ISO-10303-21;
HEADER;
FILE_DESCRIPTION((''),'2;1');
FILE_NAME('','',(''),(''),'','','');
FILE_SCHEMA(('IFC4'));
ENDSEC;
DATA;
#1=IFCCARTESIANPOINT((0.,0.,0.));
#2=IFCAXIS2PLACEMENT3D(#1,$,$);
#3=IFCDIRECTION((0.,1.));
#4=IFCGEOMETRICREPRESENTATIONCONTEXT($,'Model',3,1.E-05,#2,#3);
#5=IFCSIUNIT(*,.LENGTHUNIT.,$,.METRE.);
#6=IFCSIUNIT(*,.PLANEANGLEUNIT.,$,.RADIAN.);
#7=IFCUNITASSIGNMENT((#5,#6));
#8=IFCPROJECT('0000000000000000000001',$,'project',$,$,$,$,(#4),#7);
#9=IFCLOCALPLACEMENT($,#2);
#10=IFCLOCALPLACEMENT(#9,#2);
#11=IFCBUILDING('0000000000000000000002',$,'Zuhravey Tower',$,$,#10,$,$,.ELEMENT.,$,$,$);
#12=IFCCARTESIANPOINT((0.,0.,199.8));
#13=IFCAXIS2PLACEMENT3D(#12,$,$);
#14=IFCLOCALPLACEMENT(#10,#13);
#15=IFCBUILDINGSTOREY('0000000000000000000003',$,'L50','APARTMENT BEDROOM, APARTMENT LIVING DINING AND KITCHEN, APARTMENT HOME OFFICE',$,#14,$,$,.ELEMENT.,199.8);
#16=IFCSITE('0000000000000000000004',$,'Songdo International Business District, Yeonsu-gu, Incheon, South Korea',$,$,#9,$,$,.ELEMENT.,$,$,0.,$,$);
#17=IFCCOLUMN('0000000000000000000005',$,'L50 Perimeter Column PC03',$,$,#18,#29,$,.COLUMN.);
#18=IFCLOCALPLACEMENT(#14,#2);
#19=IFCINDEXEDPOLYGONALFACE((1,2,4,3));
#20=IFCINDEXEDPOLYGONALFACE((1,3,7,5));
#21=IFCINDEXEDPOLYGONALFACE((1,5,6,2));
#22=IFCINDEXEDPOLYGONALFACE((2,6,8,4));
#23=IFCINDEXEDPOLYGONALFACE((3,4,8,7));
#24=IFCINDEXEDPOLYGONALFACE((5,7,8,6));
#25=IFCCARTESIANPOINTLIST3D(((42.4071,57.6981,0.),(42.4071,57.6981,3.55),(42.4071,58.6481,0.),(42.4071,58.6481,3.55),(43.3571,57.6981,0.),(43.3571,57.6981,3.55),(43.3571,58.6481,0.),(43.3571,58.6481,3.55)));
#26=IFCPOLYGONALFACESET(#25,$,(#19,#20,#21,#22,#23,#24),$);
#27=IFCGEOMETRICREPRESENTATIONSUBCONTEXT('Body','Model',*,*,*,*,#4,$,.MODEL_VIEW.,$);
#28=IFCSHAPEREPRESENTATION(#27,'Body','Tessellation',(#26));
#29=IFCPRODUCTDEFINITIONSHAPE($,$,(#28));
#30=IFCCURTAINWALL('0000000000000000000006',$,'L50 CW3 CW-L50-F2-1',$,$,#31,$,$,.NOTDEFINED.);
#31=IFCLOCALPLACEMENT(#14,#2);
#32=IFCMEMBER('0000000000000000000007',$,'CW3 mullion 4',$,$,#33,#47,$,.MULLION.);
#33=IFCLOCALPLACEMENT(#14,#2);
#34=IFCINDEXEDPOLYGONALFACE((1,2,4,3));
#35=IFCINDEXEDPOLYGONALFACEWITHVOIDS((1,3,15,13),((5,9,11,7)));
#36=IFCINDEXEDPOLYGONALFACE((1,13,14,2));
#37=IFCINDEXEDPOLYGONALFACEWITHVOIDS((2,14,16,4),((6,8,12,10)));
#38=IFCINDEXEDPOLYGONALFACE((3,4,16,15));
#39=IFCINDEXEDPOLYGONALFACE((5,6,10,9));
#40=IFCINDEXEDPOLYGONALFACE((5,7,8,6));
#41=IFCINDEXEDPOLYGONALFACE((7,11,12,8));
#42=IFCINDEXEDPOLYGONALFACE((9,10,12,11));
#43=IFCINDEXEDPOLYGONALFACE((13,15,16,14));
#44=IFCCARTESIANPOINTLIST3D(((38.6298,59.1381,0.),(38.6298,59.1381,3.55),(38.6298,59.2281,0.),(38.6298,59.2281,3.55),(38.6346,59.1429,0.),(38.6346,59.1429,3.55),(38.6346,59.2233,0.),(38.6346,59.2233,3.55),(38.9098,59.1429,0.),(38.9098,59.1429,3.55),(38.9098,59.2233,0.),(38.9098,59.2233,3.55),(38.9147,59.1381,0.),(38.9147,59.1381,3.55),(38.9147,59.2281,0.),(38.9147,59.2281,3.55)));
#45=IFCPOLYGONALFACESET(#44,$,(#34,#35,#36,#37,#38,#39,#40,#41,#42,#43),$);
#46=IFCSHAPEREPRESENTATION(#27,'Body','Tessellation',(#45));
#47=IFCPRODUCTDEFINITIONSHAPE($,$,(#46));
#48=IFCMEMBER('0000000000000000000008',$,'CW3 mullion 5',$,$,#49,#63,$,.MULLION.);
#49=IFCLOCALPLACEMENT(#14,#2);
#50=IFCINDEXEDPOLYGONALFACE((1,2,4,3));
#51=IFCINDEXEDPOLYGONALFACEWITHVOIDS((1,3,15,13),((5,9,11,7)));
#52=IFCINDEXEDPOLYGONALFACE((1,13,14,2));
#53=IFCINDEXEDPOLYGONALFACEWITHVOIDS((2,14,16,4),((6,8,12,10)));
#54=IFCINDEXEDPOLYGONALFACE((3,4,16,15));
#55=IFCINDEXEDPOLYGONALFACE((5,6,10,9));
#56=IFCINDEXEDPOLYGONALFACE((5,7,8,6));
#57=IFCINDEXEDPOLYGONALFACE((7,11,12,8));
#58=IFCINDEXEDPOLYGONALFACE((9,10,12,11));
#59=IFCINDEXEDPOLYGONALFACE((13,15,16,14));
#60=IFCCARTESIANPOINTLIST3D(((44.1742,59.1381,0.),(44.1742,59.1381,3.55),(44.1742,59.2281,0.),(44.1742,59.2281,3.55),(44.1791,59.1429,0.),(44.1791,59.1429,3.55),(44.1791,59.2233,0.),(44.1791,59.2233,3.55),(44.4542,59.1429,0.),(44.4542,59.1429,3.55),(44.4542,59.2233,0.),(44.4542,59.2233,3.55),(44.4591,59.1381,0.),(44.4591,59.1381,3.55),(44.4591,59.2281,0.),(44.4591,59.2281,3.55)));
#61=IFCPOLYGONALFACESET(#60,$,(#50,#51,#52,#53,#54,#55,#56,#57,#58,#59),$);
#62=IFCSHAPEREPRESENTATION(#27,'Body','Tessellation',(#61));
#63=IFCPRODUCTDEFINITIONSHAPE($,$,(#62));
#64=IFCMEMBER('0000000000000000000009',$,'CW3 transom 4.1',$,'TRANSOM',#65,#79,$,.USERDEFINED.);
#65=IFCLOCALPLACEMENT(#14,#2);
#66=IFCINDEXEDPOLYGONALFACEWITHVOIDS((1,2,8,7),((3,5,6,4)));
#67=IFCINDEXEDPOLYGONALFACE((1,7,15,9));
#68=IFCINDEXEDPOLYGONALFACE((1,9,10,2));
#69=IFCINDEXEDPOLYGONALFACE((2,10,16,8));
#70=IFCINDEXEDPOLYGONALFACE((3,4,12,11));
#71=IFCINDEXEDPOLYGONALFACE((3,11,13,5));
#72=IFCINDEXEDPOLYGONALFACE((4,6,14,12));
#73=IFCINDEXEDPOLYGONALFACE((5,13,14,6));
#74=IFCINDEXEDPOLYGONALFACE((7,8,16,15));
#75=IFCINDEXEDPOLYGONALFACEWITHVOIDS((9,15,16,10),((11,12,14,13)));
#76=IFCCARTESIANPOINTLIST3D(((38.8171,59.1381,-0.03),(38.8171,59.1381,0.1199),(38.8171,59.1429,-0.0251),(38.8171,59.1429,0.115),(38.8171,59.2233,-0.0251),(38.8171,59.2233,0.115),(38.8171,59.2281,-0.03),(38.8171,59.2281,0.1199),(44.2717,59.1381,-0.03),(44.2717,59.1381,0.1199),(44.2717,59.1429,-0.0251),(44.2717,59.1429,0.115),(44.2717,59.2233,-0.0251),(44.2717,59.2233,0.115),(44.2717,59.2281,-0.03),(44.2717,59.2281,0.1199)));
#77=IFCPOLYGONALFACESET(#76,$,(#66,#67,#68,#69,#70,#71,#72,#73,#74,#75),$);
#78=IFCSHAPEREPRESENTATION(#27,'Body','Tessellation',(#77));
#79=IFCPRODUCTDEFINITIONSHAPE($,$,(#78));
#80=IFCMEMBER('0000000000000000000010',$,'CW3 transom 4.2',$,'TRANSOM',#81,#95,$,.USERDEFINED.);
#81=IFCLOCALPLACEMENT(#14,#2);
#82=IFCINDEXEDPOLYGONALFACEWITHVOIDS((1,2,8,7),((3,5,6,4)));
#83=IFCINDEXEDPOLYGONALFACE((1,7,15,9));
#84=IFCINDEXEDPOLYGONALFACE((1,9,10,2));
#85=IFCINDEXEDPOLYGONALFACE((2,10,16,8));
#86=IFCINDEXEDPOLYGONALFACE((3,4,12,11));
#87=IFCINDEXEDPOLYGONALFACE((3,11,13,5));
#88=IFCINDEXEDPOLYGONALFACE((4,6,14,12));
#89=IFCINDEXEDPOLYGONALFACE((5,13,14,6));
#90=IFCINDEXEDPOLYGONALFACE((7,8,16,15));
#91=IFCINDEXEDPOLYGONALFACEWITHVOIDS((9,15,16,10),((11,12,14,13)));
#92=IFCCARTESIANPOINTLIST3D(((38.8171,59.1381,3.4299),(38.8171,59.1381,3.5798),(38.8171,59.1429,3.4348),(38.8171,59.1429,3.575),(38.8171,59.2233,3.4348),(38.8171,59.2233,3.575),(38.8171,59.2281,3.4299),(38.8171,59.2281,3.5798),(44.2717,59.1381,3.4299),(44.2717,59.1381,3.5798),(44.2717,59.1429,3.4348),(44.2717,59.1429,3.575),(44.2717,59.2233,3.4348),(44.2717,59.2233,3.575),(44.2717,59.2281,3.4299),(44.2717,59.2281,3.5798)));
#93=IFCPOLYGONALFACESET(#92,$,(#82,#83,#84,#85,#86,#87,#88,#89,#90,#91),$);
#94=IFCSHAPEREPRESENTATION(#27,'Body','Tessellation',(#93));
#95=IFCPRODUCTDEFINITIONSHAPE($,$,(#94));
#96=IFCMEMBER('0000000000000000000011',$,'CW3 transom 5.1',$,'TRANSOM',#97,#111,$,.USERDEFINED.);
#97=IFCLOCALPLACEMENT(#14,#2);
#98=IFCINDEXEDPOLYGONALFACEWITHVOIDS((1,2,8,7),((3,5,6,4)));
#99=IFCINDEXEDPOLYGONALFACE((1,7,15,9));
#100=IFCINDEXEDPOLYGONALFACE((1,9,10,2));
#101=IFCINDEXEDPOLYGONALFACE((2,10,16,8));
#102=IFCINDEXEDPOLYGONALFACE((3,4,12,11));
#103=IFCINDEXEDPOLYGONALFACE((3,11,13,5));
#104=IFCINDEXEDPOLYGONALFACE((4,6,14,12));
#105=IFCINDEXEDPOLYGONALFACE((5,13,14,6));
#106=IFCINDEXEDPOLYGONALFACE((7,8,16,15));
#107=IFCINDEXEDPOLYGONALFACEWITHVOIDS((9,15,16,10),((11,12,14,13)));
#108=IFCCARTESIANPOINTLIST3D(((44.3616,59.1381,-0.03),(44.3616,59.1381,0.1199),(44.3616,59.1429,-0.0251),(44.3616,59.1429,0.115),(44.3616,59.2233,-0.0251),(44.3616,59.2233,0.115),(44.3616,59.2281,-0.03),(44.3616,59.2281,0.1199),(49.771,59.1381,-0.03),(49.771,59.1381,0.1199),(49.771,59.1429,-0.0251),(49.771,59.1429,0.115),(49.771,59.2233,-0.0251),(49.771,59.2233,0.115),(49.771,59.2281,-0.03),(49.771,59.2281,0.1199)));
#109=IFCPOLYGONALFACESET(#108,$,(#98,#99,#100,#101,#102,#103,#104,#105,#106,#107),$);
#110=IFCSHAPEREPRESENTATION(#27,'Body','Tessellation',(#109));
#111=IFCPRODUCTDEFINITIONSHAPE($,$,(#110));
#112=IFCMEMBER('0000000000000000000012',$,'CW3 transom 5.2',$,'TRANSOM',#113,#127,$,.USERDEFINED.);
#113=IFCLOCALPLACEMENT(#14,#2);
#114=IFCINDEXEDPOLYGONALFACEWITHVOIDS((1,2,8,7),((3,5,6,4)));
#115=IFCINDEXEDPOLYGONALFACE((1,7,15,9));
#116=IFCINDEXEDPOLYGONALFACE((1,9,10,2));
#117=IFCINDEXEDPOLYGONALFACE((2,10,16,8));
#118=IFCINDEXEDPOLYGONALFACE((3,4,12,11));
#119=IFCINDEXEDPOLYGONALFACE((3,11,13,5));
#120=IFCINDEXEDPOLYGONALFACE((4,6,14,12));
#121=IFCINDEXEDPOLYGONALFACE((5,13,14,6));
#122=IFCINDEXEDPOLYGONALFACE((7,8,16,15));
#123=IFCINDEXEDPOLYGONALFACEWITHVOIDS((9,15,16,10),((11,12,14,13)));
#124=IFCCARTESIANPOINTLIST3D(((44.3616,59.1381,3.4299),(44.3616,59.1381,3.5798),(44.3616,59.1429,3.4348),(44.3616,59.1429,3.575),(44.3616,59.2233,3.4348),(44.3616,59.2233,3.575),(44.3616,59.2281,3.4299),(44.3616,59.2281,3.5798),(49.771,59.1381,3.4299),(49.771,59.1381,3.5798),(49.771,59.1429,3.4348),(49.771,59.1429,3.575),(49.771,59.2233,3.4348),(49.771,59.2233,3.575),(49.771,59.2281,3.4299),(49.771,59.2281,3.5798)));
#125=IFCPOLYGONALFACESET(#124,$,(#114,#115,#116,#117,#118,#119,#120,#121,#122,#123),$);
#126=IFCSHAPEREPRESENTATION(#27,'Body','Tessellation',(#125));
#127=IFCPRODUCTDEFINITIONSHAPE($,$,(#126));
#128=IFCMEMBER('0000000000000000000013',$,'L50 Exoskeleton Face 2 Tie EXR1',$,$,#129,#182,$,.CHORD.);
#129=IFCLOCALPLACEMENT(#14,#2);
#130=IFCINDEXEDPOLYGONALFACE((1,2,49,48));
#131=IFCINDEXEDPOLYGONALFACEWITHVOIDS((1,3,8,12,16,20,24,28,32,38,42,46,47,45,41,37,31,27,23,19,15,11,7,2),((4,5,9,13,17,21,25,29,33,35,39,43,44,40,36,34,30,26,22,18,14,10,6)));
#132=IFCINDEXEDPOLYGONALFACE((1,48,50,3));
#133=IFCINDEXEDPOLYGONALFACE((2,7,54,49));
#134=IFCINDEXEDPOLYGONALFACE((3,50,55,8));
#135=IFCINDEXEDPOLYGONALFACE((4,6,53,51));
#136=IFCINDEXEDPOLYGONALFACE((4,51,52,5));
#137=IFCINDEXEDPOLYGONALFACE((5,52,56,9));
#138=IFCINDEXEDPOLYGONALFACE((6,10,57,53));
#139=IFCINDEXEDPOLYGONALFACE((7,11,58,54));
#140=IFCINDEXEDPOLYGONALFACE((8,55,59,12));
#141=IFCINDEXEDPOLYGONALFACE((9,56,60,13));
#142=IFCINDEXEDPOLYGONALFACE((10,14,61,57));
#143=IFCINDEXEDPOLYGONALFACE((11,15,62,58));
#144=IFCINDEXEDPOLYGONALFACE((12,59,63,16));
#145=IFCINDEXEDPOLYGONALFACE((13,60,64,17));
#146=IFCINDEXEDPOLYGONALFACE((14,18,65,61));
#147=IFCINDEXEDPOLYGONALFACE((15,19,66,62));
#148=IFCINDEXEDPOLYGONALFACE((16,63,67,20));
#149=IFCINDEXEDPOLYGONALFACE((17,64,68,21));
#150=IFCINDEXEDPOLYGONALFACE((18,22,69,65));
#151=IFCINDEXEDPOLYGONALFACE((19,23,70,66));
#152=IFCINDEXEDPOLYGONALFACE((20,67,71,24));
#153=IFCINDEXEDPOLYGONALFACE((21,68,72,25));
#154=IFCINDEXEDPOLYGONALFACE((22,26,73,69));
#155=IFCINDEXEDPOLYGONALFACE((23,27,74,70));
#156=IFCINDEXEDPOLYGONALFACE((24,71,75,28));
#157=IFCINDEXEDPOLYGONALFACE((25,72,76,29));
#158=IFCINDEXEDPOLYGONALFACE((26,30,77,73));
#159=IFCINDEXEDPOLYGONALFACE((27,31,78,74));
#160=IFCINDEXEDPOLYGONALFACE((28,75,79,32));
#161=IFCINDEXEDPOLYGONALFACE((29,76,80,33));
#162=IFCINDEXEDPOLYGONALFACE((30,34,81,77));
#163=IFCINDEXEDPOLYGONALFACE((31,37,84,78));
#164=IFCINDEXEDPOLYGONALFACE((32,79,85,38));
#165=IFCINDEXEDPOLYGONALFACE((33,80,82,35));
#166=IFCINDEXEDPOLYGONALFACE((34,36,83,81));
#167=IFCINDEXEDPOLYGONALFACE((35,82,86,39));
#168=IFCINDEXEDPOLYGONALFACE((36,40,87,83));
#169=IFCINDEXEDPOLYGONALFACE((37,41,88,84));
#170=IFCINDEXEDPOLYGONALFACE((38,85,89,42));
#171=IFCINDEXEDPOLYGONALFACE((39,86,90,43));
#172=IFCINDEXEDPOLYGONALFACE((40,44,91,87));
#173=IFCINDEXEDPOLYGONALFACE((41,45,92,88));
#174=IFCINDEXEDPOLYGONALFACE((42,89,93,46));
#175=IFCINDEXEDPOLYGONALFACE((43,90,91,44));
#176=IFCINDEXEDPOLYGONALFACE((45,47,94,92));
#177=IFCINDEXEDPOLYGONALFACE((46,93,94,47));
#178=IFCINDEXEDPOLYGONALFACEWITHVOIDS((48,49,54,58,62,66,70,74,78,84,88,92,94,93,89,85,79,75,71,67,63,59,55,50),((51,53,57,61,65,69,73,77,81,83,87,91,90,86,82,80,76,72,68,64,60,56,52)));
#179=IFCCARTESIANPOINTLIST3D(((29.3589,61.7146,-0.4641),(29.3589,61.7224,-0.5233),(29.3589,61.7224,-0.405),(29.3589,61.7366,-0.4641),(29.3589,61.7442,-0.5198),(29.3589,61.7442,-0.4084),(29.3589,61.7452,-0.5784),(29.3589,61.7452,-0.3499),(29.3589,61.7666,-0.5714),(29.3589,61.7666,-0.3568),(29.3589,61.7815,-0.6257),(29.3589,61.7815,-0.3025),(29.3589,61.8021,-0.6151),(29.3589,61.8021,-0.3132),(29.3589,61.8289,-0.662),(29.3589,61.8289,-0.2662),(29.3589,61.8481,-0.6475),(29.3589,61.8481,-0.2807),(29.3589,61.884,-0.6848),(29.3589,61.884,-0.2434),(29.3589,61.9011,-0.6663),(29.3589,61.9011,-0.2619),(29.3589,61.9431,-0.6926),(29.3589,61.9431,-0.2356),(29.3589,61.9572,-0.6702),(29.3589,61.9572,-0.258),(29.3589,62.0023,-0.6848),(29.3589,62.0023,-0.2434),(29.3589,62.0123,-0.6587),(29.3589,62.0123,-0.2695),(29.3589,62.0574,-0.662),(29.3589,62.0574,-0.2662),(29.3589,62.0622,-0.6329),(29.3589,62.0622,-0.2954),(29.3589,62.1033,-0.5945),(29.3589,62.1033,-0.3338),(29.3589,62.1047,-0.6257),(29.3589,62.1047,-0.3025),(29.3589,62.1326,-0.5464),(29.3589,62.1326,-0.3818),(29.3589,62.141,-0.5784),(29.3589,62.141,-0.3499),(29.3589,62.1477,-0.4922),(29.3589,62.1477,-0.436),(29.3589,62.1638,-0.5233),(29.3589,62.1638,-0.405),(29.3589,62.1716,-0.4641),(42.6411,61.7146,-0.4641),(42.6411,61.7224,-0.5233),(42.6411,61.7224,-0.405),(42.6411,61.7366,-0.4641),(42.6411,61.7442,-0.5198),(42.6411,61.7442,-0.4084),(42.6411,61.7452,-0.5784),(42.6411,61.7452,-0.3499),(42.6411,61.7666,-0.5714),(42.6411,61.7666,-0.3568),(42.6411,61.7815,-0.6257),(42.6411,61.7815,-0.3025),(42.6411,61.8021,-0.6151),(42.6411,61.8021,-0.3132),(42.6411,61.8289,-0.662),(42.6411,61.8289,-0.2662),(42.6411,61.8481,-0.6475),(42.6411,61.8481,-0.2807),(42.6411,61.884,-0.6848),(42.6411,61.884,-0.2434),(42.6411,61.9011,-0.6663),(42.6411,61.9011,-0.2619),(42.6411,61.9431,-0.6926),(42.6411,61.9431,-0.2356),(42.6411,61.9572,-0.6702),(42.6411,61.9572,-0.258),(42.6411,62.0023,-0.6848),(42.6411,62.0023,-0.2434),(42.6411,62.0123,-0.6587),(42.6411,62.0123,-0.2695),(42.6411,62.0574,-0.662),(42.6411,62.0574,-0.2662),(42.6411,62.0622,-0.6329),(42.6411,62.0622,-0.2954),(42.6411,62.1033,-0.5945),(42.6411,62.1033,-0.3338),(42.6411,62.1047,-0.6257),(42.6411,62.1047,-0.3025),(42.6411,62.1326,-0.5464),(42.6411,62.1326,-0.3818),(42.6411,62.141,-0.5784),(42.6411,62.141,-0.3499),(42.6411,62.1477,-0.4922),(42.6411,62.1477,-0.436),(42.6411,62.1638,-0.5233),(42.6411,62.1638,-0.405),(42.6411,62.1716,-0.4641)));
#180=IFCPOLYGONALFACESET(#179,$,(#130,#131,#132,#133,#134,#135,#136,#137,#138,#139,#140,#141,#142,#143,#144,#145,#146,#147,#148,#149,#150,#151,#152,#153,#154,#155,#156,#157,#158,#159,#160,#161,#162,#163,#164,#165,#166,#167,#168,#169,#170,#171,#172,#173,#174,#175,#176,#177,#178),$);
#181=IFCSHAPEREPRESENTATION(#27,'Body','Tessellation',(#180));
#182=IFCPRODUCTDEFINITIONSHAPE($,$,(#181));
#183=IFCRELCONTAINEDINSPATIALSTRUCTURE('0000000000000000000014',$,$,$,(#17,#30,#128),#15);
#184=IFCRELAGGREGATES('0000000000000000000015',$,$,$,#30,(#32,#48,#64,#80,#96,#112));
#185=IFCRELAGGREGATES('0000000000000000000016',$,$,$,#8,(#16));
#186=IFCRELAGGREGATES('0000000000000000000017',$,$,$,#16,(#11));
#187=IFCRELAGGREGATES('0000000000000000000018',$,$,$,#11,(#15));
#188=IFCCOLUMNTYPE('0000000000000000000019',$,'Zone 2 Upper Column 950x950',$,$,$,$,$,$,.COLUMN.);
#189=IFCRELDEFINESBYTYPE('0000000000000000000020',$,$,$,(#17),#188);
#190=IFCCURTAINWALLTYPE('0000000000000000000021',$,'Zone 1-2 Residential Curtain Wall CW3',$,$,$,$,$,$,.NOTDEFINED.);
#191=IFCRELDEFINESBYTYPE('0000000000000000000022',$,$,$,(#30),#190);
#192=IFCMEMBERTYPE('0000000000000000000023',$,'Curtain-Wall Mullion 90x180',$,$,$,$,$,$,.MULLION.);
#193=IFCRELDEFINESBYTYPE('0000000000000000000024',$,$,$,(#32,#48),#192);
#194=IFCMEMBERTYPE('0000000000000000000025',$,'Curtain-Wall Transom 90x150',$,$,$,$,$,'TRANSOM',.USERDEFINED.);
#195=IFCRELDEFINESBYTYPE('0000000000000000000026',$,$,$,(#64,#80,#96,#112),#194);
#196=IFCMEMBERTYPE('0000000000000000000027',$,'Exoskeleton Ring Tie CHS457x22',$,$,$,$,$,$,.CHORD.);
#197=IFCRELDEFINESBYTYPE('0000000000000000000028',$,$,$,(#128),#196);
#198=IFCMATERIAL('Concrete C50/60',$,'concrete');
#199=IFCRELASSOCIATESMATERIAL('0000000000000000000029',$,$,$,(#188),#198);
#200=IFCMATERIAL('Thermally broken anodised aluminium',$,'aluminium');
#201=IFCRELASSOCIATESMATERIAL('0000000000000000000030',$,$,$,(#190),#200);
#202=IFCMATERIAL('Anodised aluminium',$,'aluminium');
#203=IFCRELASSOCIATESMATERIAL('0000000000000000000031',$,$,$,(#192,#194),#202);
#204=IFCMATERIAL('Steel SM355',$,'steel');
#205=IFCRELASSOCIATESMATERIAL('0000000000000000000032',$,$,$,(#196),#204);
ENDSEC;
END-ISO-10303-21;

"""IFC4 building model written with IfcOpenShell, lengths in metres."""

from ifc_helpers import new_model, si_unit, direction, frame, origin, origin_2d, place, context, subcontext, project, spatial, rectangle, hollow_rectangle, hollow_circle, extrude, material, material_profile, profile_set, type_object, element, aggregate, save


model = new_model("IFC4")

# Units and contexts
model_context = context("Model", 3, precision=1e-05, world=origin(), true_north=direction((0.0, 1.0)))
body_context = subcontext(model_context, "Body", "Model", "MODEL_VIEW")
ifc_project = project(units=[si_unit("LENGTHUNIT", "METRE"), si_unit("PLANEANGLEUNIT", "RADIAN")], contexts=[model_context])

# Site, building, storey
site_placement = place(None, origin())
site = spatial("IfcSite", under=ifc_project, at=site_placement, Name="Songdo International Business District, Yeonsu-gu, Incheon, South Korea", CompositionType="ELEMENT", RefElevation=0.0)
building_placement = place(site_placement, origin())
building = spatial("IfcBuilding", under=site, at=building_placement, Name="Zuhravey Tower", CompositionType="ELEMENT")
storey_placement = place(building_placement, frame((0.0, 0.0, 199.8)))
storey = spatial("IfcBuildingStorey", under=building, at=storey_placement, Name="L50", Description="APARTMENT BEDROOM, APARTMENT LIVING DINING AND KITCHEN, APARTMENT HOME OFFICE", CompositionType="ELEMENT", Elevation=199.8)

# Column
ifc_material_1 = material(Name="Concrete C50/60", Category="concrete")
ifc_material_profile_1 = material_profile(ifc_material_1, rectangle(XDim=0.95, YDim=0.95, at=origin_2d()), Name="RC-950x950")
ifc_profile_set_1 = profile_set([ifc_material_profile_1], Name="Concrete C50/60")
column_type = type_object("IfcColumnType", Name="Zone 2 Upper Column 950x950", PredefinedType="COLUMN", material=ifc_profile_set_1)
column_placement = place(storey_placement, frame((42.8821, 58.1731, 0.0), z_axis=(0.0, 0.0, 1.0), x_axis=(-1.0, 0.0, 0.0)))
element("IfcColumn", 1, at=column_placement, inside=storey, type_object=column_type, Name="L50 Perimeter Column PC03", PredefinedType="COLUMN", context=body_context, shape_type="SweptSolid", body=[
    extrude(rectangle(XDim=0.95, YDim=0.95, at=origin_2d()), origin(), (0.0, 0.0, 1.0), 3.55),
])

# Curtain wall, members
ifc_material_2 = material(Name="Thermally broken anodised aluminium", Category="aluminium")
curtain_wall_type = type_object("IfcCurtainWallType", Name="Zone 1-2 Residential Curtain Wall CW3", PredefinedType="NOTDEFINED", material=ifc_material_2)
curtain_wall_placement = place(storey_placement, origin())
curtain_wall = element("IfcCurtainWall", 2, at=curtain_wall_placement, inside=storey, type_object=curtain_wall_type, Name="L50 CW3 CW-L50-F2-1", PredefinedType="NOTDEFINED")
ifc_material_3 = material(Name="Anodised aluminium", Category="aluminium")
ifc_material_profile_2 = material_profile(ifc_material_3, hollow_rectangle(XDim=0.0901, YDim=0.2849, WallThickness=0.0049, at=origin_2d()), Name="ALU-RHS-90x285x5")
ifc_profile_set_2 = profile_set([ifc_material_profile_2], Name="Anodised aluminium")
member_type_1 = type_object("IfcMemberType", Name="Curtain-Wall Mullion 90x180", PredefinedType="MULLION", material=ifc_profile_set_2)
member_1_placement = place(storey_placement, frame((38.7722, 59.1831, 0.0), z_axis=(0.0, 0.0, 1.0), x_axis=(0.0, 1.0, 0.0)))
member_1 = element("IfcMember", 3, at=member_1_placement, type_object=member_type_1, Name="CW3 mullion 4", PredefinedType="MULLION", context=body_context, shape_type="SweptSolid", body=[
    extrude(hollow_rectangle(XDim=0.0901, YDim=0.2849, WallThickness=0.0049, at=origin_2d()), origin(), (0.0, 0.0, 1.0), 3.55),
])
member_2_placement = place(storey_placement, frame((44.3167, 59.1831, 0.0), z_axis=(0.0, 0.0, 1.0), x_axis=(0.0, 1.0, 0.0)))
member_2 = element("IfcMember", 4, at=member_2_placement, type_object=member_type_1, Name="CW3 mullion 5", PredefinedType="MULLION", context=body_context, shape_type="SweptSolid", body=[
    extrude(hollow_rectangle(XDim=0.0901, YDim=0.2849, WallThickness=0.0049, at=origin_2d()), origin(), (0.0, 0.0, 1.0), 3.55),
])
ifc_material_profile_3 = material_profile(ifc_material_3, hollow_rectangle(XDim=0.0901, YDim=0.1499, WallThickness=0.0049, at=origin_2d()), Name="ALU-RHS-90x150x5")
ifc_profile_set_3 = profile_set([ifc_material_profile_3], Name="Anodised aluminium")
member_type_2 = type_object("IfcMemberType", Name="Curtain-Wall Transom 90x150", ElementType="TRANSOM", PredefinedType="USERDEFINED", material=ifc_profile_set_3)
member_3_placement = place(storey_placement, frame((38.8171, 59.1831, 0.0449), z_axis=(1.0, 0.0, 0.0), x_axis=(0.0, 1.0, 0.0)))
member_3 = element("IfcMember", 5, at=member_3_placement, type_object=member_type_2, Name="CW3 transom 4.1", ObjectType="TRANSOM", PredefinedType="USERDEFINED", context=body_context, shape_type="SweptSolid", body=[
    extrude(hollow_rectangle(XDim=0.0901, YDim=0.1499, WallThickness=0.0049, at=origin_2d()), origin(), (0.0, 0.0, 1.0), 5.4546),
])
member_4_placement = place(storey_placement, frame((38.8171, 59.1831, 3.5049), z_axis=(1.0, 0.0, 0.0), x_axis=(0.0, 1.0, 0.0)))
member_4 = element("IfcMember", 6, at=member_4_placement, type_object=member_type_2, Name="CW3 transom 4.2", ObjectType="TRANSOM", PredefinedType="USERDEFINED", context=body_context, shape_type="SweptSolid", body=[
    extrude(hollow_rectangle(XDim=0.0901, YDim=0.1499, WallThickness=0.0049, at=origin_2d()), origin(), (0.0, 0.0, 1.0), 5.4546),
])
member_5_placement = place(storey_placement, frame((44.3616, 59.1831, 0.0449), z_axis=(1.0, 0.0, 0.0), x_axis=(0.0, 1.0, 0.0)))
member_5 = element("IfcMember", 7, at=member_5_placement, type_object=member_type_2, Name="CW3 transom 5.1", ObjectType="TRANSOM", PredefinedType="USERDEFINED", context=body_context, shape_type="SweptSolid", body=[
    extrude(hollow_rectangle(XDim=0.0901, YDim=0.1499, WallThickness=0.0049, at=origin_2d()), origin(), (0.0, 0.0, 1.0), 5.4094),
])
member_6_placement = place(storey_placement, frame((44.3616, 59.1831, 3.5049), z_axis=(1.0, 0.0, 0.0), x_axis=(0.0, 1.0, 0.0)))
member_6 = element("IfcMember", 8, at=member_6_placement, type_object=member_type_2, Name="CW3 transom 5.2", ObjectType="TRANSOM", PredefinedType="USERDEFINED", context=body_context, shape_type="SweptSolid", body=[
    extrude(hollow_rectangle(XDim=0.0901, YDim=0.1499, WallThickness=0.0049, at=origin_2d()), origin(), (0.0, 0.0, 1.0), 5.4094),
])

# Member
ifc_material_4 = material(Name="Steel SM355", Category="steel")
ifc_material_profile_4 = material_profile(ifc_material_4, hollow_circle(Radius=0.2285, WallThickness=0.022, at=origin_2d()), Name="CHS-457.2x22")
ifc_profile_set_4 = profile_set([ifc_material_profile_4], Name="Steel SM355")
member_type_3 = type_object("IfcMemberType", Name="Exoskeleton Ring Tie CHS457x22", PredefinedType="CHORD", material=ifc_profile_set_4)
member_7_placement = place(storey_placement, frame((42.6411, 61.9431, -0.4641), z_axis=(-1.0, 0.0, 0.0), x_axis=(0.0, -1.0, 0.0)))
element("IfcMember", 9, at=member_7_placement, inside=storey, type_object=member_type_3, Name="L50 Exoskeleton Face 2 Tie EXR1", PredefinedType="CHORD", context=body_context, shape_type="SweptSolid", body=[
    extrude(hollow_circle(Radius=0.2285, WallThickness=0.022, at=origin_2d()), origin(), (0.0, 0.0, 1.0), 13.2822),
])

aggregate(curtain_wall, [member_1, member_2, member_3, member_4, member_5, member_6])

save(model, "model.ifc")
